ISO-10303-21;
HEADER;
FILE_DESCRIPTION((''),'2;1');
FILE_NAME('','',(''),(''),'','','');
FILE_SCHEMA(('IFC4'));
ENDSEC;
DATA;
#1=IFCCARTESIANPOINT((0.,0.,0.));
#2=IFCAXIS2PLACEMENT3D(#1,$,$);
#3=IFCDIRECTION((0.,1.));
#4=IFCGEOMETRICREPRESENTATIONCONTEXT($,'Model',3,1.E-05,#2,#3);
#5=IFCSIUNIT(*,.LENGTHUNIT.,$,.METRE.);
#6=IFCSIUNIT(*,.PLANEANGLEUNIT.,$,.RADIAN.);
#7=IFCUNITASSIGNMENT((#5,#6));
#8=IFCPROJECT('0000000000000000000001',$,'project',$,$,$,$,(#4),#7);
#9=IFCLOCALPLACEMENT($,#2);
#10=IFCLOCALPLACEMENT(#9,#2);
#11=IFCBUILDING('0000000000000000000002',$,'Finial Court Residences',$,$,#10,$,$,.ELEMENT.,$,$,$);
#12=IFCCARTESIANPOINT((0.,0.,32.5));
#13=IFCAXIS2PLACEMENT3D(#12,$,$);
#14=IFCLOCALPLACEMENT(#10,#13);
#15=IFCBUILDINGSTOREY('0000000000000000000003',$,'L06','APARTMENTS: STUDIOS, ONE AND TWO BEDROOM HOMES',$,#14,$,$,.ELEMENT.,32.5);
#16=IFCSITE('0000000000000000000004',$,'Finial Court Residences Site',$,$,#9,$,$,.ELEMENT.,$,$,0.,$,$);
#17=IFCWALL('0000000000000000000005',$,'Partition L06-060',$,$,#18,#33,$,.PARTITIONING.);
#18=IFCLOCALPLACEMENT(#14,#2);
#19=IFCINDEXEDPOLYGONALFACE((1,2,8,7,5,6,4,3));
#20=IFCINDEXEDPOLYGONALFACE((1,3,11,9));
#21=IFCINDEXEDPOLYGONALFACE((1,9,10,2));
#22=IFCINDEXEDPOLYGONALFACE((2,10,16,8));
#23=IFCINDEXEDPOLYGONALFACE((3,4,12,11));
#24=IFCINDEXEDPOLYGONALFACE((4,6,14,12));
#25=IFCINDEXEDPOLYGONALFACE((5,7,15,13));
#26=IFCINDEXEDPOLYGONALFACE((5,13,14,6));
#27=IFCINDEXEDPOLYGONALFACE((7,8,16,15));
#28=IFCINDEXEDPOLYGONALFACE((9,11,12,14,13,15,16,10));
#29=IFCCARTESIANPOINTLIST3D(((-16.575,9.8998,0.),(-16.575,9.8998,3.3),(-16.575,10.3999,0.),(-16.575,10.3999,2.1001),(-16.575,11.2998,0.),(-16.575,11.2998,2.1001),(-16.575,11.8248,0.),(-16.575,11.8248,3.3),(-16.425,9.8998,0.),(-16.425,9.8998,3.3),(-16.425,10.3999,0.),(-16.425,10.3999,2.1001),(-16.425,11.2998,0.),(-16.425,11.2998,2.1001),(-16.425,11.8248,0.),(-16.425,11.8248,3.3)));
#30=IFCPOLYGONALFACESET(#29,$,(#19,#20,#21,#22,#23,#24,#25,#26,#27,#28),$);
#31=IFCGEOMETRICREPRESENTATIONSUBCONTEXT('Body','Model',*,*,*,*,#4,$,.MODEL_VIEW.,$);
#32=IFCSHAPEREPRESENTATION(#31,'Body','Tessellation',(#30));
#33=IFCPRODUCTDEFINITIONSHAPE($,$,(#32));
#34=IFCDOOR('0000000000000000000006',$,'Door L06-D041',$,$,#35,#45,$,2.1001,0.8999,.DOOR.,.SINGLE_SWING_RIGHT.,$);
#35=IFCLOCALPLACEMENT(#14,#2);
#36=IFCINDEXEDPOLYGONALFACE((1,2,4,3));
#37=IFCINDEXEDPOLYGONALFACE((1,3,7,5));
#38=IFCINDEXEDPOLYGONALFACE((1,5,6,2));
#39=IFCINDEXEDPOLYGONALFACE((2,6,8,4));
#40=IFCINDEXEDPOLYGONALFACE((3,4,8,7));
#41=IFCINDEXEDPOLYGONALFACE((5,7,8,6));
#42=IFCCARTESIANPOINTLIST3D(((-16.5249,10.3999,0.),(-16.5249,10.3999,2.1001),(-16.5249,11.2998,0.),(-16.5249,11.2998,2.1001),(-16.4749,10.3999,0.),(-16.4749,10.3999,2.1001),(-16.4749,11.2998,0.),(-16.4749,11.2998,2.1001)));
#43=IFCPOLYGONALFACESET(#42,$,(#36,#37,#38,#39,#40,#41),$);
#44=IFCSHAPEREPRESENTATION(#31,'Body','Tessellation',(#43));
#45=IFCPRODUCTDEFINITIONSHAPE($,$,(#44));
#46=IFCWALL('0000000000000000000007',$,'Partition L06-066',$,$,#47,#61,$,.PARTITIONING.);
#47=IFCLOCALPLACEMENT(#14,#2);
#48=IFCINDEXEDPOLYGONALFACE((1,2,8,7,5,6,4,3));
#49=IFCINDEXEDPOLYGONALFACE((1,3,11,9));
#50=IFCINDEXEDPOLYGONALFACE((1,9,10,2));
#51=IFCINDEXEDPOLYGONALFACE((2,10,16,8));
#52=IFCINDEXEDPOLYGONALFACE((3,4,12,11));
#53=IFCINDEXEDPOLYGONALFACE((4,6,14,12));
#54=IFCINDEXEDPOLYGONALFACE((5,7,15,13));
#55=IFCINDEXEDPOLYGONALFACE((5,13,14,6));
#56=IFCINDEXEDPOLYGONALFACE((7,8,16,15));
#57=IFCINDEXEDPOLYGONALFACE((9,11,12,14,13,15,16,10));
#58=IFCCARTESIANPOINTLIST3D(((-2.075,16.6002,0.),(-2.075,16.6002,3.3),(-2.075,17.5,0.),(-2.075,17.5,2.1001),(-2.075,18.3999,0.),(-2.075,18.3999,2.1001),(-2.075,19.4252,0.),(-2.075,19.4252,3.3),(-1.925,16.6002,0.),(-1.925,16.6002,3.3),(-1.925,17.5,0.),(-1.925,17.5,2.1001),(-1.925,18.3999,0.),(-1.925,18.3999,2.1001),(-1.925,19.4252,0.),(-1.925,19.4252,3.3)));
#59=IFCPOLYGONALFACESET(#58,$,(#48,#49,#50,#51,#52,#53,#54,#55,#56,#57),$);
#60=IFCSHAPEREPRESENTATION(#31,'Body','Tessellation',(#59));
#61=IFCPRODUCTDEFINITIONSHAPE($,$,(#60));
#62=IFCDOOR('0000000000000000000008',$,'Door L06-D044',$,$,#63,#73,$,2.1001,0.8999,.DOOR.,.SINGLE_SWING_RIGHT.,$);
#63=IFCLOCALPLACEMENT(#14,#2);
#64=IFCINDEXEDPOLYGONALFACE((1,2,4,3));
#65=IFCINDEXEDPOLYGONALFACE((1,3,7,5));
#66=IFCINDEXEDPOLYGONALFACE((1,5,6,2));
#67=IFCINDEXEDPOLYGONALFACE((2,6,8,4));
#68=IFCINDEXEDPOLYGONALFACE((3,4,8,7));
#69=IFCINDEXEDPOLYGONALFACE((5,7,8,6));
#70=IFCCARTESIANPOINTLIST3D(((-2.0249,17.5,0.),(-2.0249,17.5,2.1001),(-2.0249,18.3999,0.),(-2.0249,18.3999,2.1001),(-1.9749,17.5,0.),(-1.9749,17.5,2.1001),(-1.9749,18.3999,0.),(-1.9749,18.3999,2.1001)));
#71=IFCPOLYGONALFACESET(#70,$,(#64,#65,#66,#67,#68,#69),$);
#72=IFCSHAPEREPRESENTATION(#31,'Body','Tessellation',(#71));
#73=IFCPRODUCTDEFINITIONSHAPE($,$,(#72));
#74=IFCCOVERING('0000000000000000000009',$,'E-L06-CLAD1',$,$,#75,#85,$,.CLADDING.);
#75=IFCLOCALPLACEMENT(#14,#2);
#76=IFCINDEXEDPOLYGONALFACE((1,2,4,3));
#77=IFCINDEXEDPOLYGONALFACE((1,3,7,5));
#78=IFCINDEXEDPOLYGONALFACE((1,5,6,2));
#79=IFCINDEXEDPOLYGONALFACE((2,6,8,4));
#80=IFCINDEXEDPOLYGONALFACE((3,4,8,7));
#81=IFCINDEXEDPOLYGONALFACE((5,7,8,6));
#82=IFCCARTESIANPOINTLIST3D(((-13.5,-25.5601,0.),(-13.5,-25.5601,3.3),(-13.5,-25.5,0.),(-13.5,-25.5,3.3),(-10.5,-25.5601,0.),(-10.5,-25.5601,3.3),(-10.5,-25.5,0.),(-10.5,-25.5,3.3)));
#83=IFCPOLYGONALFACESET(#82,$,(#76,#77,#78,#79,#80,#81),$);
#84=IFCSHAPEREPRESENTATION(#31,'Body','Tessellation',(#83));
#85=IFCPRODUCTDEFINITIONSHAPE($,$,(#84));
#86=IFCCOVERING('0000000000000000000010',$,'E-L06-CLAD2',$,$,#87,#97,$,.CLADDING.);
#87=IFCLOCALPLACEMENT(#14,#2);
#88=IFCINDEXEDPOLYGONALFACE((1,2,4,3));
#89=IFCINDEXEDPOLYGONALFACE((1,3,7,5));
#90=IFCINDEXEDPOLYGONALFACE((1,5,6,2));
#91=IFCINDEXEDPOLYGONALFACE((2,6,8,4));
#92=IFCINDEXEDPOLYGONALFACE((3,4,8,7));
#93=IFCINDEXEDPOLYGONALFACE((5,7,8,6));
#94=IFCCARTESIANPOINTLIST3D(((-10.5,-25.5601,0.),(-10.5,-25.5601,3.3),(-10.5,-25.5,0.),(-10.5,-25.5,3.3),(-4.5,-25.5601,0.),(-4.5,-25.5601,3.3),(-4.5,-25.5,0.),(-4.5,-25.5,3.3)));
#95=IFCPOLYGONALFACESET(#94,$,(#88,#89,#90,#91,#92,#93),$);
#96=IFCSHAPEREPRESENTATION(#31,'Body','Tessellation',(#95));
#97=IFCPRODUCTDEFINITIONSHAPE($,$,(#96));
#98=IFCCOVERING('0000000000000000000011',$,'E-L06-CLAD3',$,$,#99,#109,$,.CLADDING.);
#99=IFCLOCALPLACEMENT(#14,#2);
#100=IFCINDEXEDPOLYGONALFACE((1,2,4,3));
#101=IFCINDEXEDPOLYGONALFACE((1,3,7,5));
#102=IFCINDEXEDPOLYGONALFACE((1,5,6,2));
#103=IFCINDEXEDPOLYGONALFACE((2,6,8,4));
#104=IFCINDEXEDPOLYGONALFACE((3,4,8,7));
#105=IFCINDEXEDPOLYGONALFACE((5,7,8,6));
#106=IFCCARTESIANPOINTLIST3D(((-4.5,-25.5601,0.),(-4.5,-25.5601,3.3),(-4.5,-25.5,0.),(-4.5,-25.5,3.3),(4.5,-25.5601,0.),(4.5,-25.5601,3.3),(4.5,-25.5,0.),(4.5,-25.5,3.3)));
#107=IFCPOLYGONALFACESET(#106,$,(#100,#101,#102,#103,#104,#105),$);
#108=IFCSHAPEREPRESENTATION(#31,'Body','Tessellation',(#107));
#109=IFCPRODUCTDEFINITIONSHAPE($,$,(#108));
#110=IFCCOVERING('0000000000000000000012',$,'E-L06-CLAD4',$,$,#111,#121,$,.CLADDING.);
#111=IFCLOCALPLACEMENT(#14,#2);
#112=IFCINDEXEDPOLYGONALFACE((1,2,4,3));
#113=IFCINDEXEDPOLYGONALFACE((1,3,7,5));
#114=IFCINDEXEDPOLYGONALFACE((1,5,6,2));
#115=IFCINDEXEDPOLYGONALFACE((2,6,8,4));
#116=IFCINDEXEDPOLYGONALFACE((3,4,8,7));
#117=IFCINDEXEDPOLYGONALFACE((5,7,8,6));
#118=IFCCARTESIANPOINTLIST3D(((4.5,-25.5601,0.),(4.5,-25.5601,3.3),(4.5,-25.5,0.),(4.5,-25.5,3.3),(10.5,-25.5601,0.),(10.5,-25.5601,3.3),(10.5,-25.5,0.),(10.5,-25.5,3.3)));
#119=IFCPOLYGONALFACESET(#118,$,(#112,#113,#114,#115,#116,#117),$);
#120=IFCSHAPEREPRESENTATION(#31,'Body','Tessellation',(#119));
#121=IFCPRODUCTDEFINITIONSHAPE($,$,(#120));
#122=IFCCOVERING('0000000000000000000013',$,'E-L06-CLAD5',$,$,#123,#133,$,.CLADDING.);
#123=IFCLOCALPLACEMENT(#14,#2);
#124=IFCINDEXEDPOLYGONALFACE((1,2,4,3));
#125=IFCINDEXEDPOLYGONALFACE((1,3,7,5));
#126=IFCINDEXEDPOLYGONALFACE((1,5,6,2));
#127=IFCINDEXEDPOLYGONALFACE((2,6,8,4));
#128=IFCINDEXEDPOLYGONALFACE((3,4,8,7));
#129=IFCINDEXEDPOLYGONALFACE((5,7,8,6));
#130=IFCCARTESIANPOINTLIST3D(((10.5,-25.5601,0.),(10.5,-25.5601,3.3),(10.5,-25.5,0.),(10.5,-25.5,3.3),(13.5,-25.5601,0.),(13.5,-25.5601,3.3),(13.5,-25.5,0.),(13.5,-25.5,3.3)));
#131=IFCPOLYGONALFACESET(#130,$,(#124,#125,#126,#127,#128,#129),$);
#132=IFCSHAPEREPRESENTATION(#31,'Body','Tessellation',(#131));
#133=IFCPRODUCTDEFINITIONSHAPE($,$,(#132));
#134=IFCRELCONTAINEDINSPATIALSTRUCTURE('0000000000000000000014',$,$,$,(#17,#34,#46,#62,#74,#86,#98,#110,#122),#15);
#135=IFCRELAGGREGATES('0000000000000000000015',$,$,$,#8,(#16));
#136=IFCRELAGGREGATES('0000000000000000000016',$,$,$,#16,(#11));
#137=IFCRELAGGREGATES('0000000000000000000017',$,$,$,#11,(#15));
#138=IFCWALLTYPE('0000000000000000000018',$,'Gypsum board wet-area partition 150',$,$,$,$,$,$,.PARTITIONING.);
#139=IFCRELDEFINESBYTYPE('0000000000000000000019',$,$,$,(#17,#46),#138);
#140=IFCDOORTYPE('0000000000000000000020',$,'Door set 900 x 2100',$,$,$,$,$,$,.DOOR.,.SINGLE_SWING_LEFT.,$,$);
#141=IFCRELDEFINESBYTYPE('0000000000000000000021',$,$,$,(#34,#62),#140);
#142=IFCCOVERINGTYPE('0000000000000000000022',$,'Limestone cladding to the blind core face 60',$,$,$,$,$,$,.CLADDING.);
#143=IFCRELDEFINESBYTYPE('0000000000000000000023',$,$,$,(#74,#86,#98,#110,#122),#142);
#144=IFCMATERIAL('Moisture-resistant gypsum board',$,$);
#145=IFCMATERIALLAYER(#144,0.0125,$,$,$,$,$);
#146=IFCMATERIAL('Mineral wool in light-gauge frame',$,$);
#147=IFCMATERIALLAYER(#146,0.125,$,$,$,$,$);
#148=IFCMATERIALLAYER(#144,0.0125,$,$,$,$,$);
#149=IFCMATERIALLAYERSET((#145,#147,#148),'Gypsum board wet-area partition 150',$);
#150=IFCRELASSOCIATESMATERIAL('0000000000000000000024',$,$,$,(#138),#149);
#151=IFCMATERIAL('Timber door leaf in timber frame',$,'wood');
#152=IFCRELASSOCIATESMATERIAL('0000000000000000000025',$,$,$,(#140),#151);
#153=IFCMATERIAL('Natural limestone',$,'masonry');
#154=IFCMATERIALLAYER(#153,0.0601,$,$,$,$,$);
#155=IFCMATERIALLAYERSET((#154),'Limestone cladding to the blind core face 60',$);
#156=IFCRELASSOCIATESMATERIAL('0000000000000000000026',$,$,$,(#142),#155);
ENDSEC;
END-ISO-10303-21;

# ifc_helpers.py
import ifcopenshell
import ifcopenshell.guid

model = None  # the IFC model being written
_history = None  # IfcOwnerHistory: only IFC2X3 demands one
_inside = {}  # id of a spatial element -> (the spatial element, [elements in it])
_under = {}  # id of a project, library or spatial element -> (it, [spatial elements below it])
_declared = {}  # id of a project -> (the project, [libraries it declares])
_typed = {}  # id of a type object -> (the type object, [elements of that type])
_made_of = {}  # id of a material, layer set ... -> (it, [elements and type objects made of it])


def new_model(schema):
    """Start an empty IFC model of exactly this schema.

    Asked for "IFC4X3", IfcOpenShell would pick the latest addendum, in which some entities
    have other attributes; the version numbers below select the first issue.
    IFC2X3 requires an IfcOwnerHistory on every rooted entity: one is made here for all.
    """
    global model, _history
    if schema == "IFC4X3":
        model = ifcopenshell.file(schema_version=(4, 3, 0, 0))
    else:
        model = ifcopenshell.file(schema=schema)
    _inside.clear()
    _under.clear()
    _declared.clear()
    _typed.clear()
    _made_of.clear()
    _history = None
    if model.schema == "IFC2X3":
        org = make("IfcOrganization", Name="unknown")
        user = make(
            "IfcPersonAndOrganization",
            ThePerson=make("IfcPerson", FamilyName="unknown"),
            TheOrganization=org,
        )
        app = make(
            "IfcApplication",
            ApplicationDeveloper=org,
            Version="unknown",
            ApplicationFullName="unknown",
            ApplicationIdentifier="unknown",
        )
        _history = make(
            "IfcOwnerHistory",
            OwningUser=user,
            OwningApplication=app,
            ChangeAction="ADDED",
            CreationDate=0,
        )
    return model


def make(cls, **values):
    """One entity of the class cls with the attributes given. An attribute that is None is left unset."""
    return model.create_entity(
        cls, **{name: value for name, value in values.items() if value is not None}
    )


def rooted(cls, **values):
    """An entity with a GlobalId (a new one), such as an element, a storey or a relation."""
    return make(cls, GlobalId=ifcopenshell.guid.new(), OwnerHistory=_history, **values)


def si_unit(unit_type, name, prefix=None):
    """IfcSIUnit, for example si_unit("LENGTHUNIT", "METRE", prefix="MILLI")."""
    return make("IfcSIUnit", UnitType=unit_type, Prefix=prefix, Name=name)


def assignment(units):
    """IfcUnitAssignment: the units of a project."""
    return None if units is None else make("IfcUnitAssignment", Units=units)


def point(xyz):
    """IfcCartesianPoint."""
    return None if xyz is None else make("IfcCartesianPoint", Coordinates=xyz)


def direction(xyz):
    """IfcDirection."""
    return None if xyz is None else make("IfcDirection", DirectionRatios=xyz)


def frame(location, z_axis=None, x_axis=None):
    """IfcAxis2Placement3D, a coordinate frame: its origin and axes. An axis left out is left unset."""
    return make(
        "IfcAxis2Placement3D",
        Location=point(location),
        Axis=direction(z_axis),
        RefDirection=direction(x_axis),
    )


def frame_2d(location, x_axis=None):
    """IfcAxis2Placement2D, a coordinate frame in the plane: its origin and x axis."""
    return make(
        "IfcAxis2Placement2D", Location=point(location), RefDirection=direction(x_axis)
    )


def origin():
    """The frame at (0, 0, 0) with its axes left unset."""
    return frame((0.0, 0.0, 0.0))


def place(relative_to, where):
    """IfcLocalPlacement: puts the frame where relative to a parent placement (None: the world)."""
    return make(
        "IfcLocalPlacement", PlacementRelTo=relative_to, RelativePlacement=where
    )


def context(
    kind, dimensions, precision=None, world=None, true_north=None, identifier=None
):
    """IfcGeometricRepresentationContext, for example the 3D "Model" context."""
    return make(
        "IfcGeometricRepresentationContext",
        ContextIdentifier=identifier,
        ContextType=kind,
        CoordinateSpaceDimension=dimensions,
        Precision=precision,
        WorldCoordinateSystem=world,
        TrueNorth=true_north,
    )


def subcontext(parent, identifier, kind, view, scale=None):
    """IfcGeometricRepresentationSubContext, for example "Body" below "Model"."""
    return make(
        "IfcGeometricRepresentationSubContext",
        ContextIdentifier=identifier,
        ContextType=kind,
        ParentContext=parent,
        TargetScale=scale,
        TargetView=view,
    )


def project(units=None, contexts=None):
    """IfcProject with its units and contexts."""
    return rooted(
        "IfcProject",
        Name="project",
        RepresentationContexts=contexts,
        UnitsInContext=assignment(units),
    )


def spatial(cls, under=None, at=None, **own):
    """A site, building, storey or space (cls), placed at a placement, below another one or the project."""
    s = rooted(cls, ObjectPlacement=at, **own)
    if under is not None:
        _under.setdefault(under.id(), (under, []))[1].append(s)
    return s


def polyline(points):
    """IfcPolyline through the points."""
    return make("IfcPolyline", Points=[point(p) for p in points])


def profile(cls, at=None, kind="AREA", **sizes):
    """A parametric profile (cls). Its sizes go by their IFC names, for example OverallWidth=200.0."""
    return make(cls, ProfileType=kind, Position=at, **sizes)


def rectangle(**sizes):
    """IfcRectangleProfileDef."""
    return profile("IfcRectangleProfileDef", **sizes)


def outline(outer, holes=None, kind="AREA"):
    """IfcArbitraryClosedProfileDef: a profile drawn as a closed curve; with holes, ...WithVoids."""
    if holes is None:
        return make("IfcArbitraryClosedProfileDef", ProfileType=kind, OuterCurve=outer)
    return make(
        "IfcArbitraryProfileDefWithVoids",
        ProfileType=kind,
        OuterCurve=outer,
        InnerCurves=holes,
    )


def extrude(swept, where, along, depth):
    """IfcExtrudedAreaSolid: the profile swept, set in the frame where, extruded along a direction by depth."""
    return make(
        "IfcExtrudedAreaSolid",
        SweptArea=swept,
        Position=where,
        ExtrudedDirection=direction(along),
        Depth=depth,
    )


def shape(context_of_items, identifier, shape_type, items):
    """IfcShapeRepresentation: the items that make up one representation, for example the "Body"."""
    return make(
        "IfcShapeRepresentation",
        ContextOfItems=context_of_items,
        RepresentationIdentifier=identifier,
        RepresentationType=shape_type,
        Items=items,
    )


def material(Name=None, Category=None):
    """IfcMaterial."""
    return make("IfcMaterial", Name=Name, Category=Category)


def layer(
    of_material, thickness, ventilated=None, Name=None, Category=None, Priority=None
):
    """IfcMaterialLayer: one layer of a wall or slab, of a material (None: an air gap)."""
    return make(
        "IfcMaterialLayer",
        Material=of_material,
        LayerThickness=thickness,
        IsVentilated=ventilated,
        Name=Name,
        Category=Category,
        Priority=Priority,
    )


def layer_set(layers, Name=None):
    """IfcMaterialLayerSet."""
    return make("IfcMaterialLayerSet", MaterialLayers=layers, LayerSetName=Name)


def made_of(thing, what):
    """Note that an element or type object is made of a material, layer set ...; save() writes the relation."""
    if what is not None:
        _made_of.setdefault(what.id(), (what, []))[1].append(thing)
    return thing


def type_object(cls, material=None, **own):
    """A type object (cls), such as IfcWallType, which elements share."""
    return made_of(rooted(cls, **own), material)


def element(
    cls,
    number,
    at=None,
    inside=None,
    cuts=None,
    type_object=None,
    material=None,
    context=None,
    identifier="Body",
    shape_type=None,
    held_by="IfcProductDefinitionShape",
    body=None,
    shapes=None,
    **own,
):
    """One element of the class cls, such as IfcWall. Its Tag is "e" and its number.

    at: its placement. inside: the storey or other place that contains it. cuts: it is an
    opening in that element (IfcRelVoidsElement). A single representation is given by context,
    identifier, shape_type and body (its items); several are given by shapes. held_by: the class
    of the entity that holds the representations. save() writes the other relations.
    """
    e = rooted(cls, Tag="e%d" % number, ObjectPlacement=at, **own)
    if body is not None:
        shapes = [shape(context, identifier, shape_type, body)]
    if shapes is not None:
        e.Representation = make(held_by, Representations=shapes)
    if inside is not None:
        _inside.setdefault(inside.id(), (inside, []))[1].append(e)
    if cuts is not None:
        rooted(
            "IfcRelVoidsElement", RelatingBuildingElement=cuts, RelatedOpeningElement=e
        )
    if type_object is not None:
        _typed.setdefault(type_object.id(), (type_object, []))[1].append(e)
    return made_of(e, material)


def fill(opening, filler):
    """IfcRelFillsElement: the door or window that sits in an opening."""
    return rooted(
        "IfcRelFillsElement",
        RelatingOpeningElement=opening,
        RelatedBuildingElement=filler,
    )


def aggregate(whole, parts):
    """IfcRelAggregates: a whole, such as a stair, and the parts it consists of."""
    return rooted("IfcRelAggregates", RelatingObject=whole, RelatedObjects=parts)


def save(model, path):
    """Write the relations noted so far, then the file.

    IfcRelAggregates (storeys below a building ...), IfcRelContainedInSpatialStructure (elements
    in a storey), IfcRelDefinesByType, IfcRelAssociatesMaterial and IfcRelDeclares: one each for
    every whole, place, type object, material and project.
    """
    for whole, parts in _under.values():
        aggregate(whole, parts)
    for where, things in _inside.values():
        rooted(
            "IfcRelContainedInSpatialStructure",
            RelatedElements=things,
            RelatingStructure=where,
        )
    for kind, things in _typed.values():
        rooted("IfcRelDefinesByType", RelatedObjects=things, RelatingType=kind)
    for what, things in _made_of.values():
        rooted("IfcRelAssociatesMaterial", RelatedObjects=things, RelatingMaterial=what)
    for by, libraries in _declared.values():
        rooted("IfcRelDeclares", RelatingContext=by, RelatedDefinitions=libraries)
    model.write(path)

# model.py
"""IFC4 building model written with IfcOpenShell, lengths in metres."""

from ifc_helpers import new_model, si_unit, direction, frame, frame_2d, origin, place, context, subcontext, project, spatial, polyline, rectangle, outline, extrude, material, layer, layer_set, type_object, element, fill, save


model = new_model("IFC4")

# Units and contexts
model_context = context("Model", 3, precision=1e-05, world=origin(), true_north=direction((0.0, 1.0)))
body_context = subcontext(model_context, "Body", "Model", "MODEL_VIEW")
ifc_project = project(units=[si_unit("LENGTHUNIT", "METRE"), si_unit("PLANEANGLEUNIT", "RADIAN")], contexts=[model_context])

# Site, building, storey
site_placement = place(None, origin())
site = spatial("IfcSite", under=ifc_project, at=site_placement, Name="Finial Court Residences Site", CompositionType="ELEMENT", RefElevation=0.0)
building_placement = place(site_placement, origin())
building = spatial("IfcBuilding", under=site, at=building_placement, Name="Finial Court Residences", CompositionType="ELEMENT")
storey_placement = place(building_placement, frame((0.0, 0.0, 32.5)))
storey = spatial("IfcBuildingStorey", under=building, at=storey_placement, Name="L06", Description="APARTMENTS: STUDIOS, ONE AND TWO BEDROOM HOMES", CompositionType="ELEMENT", Elevation=32.5)

# Shared definitions
ifc_material_1 = material(Name="Mineral wool in light-gauge frame")

# Walls, openings, doors
ifc_material_2 = material(Name="Moisture-resistant gypsum board")
ifc_layer_1 = layer(ifc_material_2, 0.0125)
ifc_layer_2 = layer(ifc_material_1, 0.125)
ifc_layer_3 = layer(ifc_material_2, 0.0125)
ifc_layer_set_1 = layer_set([ifc_layer_1, ifc_layer_2, ifc_layer_3], Name="Gypsum board wet-area partition 150")
wall_type_1 = type_object("IfcWallType", Name="Gypsum board wet-area partition 150", PredefinedType="PARTITIONING", material=ifc_layer_set_1)
ifc_material_3 = material(Name="Timber door leaf in timber frame", Category="wood")
door_type = type_object("IfcDoorType", Name="Door set 900 x 2100", OperationType="SINGLE_SWING_LEFT", PredefinedType="DOOR", material=ifc_material_3)
wall_1_placement = place(storey_placement, frame((-16.5, 9.8999, 0.0), z_axis=(0.0, 0.0, 1.0), x_axis=(0.0, 1.0, 0.0)))
wall_1 = element("IfcWall", 1, at=wall_1_placement, inside=storey, type_object=wall_type_1, Name="Partition L06-060", PredefinedType="PARTITIONING", context=body_context, shape_type="SweptSolid", body=[
    extrude(rectangle(XDim=1.925, YDim=0.1499, at=frame_2d((0.9624, 0.0))), origin(), (0.0, 0.0, 1.0), 3.3),
])
opening_1_placement = place(wall_1_placement, frame((0.5, 0.0, 0.0)))
opening_1 = element("IfcOpeningElement", 2, at=opening_1_placement, cuts=wall_1, PredefinedType="OPENING", context=body_context, shape_type="SweptSolid", body=[
    extrude(rectangle(XDim=0.8999, YDim=2.1001, at=frame_2d((0.45, 1.05))), frame((0.0, 0.085, 0.0), z_axis=(0.0, -1.0, 0.0), x_axis=(1.0, 0.0, 0.0)), (0.0, 0.0, 1.0), 0.1699),
])
door_1_placement = place(opening_1_placement, origin())
door_1 = element("IfcDoor", 3, at=door_1_placement, inside=storey, type_object=door_type, Name="Door L06-D041", OperationType="SINGLE_SWING_RIGHT", OverallHeight=2.1001, OverallWidth=0.8999, PredefinedType="DOOR", context=body_context, shape_type="SweptSolid", body=[
    extrude(rectangle(XDim=0.8999, YDim=2.1001, at=frame_2d((0.45, 1.05))), frame((0.0, 0.0249, 0.0), z_axis=(0.0, -1.0, 0.0), x_axis=(1.0, 0.0, 0.0)), (0.0, 0.0, 1.0), 0.05),
])
fill(opening_1, door_1)
wall_2_placement = place(storey_placement, frame((-2.0, 16.6001, 0.0), z_axis=(0.0, 0.0, 1.0), x_axis=(0.0, 1.0, 0.0)))
wall_2 = element("IfcWall", 4, at=wall_2_placement, inside=storey, type_object=wall_type_1, Name="Partition L06-066", PredefinedType="PARTITIONING", context=body_context, shape_type="SweptSolid", body=[
    extrude(rectangle(XDim=2.825, YDim=0.1499, at=frame_2d((1.4126, 0.0))), origin(), (0.0, 0.0, 1.0), 3.3),
])
opening_2_placement = place(wall_2_placement, frame((0.8999, 0.0, 0.0)))
opening_2 = element("IfcOpeningElement", 5, at=opening_2_placement, cuts=wall_2, PredefinedType="OPENING", context=body_context, shape_type="SweptSolid", body=[
    extrude(rectangle(XDim=0.8999, YDim=2.1001, at=frame_2d((0.45, 1.05))), frame((0.0, 0.085, 0.0), z_axis=(0.0, -1.0, 0.0), x_axis=(1.0, 0.0, 0.0)), (0.0, 0.0, 1.0), 0.1699),
])
door_2_placement = place(opening_2_placement, origin())
door_2 = element("IfcDoor", 6, at=door_2_placement, inside=storey, type_object=door_type, Name="Door L06-D044", OperationType="SINGLE_SWING_RIGHT", OverallHeight=2.1001, OverallWidth=0.8999, PredefinedType="DOOR", context=body_context, shape_type="SweptSolid", body=[
    extrude(rectangle(XDim=0.8999, YDim=2.1001, at=frame_2d((0.45, 1.05))), frame((0.0, 0.0249, 0.0), z_axis=(0.0, -1.0, 0.0), x_axis=(1.0, 0.0, 0.0)), (0.0, 0.0, 1.0), 0.05),
])
fill(opening_2, door_2)

# Coverings
ifc_material_4 = material(Name="Natural limestone", Category="masonry")
ifc_layer_4 = layer(ifc_material_4, 0.0601)
ifc_layer_set_2 = layer_set([ifc_layer_4], Name="Limestone cladding to the blind core face 60")
covering_type = type_object("IfcCoveringType", Name="Limestone cladding to the blind core face 60", PredefinedType="CLADDING", material=ifc_layer_set_2)
covering_1_placement = place(storey_placement, origin())
element("IfcCovering", 7, at=covering_1_placement, inside=storey, type_object=covering_type, Name="E-L06-CLAD1", PredefinedType="CLADDING", context=body_context, shape_type="SweptSolid", body=[
    extrude(outline(polyline([(-10.5, -25.5601), (-10.5, -25.5), (-13.5, -25.5), (-13.5, -25.5601), (-10.5, -25.5601)])), origin(), (0.0, 0.0, 1.0), 3.3),
])
covering_2_placement = place(storey_placement, origin())
element("IfcCovering", 8, at=covering_2_placement, inside=storey, type_object=covering_type, Name="E-L06-CLAD2", PredefinedType="CLADDING", context=body_context, shape_type="SweptSolid", body=[
    extrude(outline(polyline([(-4.5, -25.5601), (-4.5, -25.5), (-10.5, -25.5), (-10.5, -25.5601), (-4.5, -25.5601)])), origin(), (0.0, 0.0, 1.0), 3.3),
])
covering_3_placement = place(storey_placement, origin())
element("IfcCovering", 9, at=covering_3_placement, inside=storey, type_object=covering_type, Name="E-L06-CLAD3", PredefinedType="CLADDING", context=body_context, shape_type="SweptSolid", body=[
    extrude(outline(polyline([(4.5, -25.5601), (4.5, -25.5), (-4.5, -25.5), (-4.5, -25.5601), (4.5, -25.5601)])), origin(), (0.0, 0.0, 1.0), 3.3),
])
covering_4_placement = place(storey_placement, origin())
element("IfcCovering", 10, at=covering_4_placement, inside=storey, type_object=covering_type, Name="E-L06-CLAD4", PredefinedType="CLADDING", context=body_context, shape_type="SweptSolid", body=[
    extrude(outline(polyline([(10.5, -25.5601), (10.5, -25.5), (4.5, -25.5), (4.5, -25.5601), (10.5, -25.5601)])), origin(), (0.0, 0.0, 1.0), 3.3),
])
covering_5_placement = place(storey_placement, origin())
element("IfcCovering", 11, at=covering_5_placement, inside=storey, type_object=covering_type, Name="E-L06-CLAD5", PredefinedType="CLADDING", context=body_context, shape_type="SweptSolid", body=[
    extrude(outline(polyline([(13.5, -25.5601), (13.5, -25.5), (10.5, -25.5), (10.5, -25.5601), (13.5, -25.5601)])), origin(), (0.0, 0.0, 1.0), 3.3),
])

save(model, "model.ifc")
